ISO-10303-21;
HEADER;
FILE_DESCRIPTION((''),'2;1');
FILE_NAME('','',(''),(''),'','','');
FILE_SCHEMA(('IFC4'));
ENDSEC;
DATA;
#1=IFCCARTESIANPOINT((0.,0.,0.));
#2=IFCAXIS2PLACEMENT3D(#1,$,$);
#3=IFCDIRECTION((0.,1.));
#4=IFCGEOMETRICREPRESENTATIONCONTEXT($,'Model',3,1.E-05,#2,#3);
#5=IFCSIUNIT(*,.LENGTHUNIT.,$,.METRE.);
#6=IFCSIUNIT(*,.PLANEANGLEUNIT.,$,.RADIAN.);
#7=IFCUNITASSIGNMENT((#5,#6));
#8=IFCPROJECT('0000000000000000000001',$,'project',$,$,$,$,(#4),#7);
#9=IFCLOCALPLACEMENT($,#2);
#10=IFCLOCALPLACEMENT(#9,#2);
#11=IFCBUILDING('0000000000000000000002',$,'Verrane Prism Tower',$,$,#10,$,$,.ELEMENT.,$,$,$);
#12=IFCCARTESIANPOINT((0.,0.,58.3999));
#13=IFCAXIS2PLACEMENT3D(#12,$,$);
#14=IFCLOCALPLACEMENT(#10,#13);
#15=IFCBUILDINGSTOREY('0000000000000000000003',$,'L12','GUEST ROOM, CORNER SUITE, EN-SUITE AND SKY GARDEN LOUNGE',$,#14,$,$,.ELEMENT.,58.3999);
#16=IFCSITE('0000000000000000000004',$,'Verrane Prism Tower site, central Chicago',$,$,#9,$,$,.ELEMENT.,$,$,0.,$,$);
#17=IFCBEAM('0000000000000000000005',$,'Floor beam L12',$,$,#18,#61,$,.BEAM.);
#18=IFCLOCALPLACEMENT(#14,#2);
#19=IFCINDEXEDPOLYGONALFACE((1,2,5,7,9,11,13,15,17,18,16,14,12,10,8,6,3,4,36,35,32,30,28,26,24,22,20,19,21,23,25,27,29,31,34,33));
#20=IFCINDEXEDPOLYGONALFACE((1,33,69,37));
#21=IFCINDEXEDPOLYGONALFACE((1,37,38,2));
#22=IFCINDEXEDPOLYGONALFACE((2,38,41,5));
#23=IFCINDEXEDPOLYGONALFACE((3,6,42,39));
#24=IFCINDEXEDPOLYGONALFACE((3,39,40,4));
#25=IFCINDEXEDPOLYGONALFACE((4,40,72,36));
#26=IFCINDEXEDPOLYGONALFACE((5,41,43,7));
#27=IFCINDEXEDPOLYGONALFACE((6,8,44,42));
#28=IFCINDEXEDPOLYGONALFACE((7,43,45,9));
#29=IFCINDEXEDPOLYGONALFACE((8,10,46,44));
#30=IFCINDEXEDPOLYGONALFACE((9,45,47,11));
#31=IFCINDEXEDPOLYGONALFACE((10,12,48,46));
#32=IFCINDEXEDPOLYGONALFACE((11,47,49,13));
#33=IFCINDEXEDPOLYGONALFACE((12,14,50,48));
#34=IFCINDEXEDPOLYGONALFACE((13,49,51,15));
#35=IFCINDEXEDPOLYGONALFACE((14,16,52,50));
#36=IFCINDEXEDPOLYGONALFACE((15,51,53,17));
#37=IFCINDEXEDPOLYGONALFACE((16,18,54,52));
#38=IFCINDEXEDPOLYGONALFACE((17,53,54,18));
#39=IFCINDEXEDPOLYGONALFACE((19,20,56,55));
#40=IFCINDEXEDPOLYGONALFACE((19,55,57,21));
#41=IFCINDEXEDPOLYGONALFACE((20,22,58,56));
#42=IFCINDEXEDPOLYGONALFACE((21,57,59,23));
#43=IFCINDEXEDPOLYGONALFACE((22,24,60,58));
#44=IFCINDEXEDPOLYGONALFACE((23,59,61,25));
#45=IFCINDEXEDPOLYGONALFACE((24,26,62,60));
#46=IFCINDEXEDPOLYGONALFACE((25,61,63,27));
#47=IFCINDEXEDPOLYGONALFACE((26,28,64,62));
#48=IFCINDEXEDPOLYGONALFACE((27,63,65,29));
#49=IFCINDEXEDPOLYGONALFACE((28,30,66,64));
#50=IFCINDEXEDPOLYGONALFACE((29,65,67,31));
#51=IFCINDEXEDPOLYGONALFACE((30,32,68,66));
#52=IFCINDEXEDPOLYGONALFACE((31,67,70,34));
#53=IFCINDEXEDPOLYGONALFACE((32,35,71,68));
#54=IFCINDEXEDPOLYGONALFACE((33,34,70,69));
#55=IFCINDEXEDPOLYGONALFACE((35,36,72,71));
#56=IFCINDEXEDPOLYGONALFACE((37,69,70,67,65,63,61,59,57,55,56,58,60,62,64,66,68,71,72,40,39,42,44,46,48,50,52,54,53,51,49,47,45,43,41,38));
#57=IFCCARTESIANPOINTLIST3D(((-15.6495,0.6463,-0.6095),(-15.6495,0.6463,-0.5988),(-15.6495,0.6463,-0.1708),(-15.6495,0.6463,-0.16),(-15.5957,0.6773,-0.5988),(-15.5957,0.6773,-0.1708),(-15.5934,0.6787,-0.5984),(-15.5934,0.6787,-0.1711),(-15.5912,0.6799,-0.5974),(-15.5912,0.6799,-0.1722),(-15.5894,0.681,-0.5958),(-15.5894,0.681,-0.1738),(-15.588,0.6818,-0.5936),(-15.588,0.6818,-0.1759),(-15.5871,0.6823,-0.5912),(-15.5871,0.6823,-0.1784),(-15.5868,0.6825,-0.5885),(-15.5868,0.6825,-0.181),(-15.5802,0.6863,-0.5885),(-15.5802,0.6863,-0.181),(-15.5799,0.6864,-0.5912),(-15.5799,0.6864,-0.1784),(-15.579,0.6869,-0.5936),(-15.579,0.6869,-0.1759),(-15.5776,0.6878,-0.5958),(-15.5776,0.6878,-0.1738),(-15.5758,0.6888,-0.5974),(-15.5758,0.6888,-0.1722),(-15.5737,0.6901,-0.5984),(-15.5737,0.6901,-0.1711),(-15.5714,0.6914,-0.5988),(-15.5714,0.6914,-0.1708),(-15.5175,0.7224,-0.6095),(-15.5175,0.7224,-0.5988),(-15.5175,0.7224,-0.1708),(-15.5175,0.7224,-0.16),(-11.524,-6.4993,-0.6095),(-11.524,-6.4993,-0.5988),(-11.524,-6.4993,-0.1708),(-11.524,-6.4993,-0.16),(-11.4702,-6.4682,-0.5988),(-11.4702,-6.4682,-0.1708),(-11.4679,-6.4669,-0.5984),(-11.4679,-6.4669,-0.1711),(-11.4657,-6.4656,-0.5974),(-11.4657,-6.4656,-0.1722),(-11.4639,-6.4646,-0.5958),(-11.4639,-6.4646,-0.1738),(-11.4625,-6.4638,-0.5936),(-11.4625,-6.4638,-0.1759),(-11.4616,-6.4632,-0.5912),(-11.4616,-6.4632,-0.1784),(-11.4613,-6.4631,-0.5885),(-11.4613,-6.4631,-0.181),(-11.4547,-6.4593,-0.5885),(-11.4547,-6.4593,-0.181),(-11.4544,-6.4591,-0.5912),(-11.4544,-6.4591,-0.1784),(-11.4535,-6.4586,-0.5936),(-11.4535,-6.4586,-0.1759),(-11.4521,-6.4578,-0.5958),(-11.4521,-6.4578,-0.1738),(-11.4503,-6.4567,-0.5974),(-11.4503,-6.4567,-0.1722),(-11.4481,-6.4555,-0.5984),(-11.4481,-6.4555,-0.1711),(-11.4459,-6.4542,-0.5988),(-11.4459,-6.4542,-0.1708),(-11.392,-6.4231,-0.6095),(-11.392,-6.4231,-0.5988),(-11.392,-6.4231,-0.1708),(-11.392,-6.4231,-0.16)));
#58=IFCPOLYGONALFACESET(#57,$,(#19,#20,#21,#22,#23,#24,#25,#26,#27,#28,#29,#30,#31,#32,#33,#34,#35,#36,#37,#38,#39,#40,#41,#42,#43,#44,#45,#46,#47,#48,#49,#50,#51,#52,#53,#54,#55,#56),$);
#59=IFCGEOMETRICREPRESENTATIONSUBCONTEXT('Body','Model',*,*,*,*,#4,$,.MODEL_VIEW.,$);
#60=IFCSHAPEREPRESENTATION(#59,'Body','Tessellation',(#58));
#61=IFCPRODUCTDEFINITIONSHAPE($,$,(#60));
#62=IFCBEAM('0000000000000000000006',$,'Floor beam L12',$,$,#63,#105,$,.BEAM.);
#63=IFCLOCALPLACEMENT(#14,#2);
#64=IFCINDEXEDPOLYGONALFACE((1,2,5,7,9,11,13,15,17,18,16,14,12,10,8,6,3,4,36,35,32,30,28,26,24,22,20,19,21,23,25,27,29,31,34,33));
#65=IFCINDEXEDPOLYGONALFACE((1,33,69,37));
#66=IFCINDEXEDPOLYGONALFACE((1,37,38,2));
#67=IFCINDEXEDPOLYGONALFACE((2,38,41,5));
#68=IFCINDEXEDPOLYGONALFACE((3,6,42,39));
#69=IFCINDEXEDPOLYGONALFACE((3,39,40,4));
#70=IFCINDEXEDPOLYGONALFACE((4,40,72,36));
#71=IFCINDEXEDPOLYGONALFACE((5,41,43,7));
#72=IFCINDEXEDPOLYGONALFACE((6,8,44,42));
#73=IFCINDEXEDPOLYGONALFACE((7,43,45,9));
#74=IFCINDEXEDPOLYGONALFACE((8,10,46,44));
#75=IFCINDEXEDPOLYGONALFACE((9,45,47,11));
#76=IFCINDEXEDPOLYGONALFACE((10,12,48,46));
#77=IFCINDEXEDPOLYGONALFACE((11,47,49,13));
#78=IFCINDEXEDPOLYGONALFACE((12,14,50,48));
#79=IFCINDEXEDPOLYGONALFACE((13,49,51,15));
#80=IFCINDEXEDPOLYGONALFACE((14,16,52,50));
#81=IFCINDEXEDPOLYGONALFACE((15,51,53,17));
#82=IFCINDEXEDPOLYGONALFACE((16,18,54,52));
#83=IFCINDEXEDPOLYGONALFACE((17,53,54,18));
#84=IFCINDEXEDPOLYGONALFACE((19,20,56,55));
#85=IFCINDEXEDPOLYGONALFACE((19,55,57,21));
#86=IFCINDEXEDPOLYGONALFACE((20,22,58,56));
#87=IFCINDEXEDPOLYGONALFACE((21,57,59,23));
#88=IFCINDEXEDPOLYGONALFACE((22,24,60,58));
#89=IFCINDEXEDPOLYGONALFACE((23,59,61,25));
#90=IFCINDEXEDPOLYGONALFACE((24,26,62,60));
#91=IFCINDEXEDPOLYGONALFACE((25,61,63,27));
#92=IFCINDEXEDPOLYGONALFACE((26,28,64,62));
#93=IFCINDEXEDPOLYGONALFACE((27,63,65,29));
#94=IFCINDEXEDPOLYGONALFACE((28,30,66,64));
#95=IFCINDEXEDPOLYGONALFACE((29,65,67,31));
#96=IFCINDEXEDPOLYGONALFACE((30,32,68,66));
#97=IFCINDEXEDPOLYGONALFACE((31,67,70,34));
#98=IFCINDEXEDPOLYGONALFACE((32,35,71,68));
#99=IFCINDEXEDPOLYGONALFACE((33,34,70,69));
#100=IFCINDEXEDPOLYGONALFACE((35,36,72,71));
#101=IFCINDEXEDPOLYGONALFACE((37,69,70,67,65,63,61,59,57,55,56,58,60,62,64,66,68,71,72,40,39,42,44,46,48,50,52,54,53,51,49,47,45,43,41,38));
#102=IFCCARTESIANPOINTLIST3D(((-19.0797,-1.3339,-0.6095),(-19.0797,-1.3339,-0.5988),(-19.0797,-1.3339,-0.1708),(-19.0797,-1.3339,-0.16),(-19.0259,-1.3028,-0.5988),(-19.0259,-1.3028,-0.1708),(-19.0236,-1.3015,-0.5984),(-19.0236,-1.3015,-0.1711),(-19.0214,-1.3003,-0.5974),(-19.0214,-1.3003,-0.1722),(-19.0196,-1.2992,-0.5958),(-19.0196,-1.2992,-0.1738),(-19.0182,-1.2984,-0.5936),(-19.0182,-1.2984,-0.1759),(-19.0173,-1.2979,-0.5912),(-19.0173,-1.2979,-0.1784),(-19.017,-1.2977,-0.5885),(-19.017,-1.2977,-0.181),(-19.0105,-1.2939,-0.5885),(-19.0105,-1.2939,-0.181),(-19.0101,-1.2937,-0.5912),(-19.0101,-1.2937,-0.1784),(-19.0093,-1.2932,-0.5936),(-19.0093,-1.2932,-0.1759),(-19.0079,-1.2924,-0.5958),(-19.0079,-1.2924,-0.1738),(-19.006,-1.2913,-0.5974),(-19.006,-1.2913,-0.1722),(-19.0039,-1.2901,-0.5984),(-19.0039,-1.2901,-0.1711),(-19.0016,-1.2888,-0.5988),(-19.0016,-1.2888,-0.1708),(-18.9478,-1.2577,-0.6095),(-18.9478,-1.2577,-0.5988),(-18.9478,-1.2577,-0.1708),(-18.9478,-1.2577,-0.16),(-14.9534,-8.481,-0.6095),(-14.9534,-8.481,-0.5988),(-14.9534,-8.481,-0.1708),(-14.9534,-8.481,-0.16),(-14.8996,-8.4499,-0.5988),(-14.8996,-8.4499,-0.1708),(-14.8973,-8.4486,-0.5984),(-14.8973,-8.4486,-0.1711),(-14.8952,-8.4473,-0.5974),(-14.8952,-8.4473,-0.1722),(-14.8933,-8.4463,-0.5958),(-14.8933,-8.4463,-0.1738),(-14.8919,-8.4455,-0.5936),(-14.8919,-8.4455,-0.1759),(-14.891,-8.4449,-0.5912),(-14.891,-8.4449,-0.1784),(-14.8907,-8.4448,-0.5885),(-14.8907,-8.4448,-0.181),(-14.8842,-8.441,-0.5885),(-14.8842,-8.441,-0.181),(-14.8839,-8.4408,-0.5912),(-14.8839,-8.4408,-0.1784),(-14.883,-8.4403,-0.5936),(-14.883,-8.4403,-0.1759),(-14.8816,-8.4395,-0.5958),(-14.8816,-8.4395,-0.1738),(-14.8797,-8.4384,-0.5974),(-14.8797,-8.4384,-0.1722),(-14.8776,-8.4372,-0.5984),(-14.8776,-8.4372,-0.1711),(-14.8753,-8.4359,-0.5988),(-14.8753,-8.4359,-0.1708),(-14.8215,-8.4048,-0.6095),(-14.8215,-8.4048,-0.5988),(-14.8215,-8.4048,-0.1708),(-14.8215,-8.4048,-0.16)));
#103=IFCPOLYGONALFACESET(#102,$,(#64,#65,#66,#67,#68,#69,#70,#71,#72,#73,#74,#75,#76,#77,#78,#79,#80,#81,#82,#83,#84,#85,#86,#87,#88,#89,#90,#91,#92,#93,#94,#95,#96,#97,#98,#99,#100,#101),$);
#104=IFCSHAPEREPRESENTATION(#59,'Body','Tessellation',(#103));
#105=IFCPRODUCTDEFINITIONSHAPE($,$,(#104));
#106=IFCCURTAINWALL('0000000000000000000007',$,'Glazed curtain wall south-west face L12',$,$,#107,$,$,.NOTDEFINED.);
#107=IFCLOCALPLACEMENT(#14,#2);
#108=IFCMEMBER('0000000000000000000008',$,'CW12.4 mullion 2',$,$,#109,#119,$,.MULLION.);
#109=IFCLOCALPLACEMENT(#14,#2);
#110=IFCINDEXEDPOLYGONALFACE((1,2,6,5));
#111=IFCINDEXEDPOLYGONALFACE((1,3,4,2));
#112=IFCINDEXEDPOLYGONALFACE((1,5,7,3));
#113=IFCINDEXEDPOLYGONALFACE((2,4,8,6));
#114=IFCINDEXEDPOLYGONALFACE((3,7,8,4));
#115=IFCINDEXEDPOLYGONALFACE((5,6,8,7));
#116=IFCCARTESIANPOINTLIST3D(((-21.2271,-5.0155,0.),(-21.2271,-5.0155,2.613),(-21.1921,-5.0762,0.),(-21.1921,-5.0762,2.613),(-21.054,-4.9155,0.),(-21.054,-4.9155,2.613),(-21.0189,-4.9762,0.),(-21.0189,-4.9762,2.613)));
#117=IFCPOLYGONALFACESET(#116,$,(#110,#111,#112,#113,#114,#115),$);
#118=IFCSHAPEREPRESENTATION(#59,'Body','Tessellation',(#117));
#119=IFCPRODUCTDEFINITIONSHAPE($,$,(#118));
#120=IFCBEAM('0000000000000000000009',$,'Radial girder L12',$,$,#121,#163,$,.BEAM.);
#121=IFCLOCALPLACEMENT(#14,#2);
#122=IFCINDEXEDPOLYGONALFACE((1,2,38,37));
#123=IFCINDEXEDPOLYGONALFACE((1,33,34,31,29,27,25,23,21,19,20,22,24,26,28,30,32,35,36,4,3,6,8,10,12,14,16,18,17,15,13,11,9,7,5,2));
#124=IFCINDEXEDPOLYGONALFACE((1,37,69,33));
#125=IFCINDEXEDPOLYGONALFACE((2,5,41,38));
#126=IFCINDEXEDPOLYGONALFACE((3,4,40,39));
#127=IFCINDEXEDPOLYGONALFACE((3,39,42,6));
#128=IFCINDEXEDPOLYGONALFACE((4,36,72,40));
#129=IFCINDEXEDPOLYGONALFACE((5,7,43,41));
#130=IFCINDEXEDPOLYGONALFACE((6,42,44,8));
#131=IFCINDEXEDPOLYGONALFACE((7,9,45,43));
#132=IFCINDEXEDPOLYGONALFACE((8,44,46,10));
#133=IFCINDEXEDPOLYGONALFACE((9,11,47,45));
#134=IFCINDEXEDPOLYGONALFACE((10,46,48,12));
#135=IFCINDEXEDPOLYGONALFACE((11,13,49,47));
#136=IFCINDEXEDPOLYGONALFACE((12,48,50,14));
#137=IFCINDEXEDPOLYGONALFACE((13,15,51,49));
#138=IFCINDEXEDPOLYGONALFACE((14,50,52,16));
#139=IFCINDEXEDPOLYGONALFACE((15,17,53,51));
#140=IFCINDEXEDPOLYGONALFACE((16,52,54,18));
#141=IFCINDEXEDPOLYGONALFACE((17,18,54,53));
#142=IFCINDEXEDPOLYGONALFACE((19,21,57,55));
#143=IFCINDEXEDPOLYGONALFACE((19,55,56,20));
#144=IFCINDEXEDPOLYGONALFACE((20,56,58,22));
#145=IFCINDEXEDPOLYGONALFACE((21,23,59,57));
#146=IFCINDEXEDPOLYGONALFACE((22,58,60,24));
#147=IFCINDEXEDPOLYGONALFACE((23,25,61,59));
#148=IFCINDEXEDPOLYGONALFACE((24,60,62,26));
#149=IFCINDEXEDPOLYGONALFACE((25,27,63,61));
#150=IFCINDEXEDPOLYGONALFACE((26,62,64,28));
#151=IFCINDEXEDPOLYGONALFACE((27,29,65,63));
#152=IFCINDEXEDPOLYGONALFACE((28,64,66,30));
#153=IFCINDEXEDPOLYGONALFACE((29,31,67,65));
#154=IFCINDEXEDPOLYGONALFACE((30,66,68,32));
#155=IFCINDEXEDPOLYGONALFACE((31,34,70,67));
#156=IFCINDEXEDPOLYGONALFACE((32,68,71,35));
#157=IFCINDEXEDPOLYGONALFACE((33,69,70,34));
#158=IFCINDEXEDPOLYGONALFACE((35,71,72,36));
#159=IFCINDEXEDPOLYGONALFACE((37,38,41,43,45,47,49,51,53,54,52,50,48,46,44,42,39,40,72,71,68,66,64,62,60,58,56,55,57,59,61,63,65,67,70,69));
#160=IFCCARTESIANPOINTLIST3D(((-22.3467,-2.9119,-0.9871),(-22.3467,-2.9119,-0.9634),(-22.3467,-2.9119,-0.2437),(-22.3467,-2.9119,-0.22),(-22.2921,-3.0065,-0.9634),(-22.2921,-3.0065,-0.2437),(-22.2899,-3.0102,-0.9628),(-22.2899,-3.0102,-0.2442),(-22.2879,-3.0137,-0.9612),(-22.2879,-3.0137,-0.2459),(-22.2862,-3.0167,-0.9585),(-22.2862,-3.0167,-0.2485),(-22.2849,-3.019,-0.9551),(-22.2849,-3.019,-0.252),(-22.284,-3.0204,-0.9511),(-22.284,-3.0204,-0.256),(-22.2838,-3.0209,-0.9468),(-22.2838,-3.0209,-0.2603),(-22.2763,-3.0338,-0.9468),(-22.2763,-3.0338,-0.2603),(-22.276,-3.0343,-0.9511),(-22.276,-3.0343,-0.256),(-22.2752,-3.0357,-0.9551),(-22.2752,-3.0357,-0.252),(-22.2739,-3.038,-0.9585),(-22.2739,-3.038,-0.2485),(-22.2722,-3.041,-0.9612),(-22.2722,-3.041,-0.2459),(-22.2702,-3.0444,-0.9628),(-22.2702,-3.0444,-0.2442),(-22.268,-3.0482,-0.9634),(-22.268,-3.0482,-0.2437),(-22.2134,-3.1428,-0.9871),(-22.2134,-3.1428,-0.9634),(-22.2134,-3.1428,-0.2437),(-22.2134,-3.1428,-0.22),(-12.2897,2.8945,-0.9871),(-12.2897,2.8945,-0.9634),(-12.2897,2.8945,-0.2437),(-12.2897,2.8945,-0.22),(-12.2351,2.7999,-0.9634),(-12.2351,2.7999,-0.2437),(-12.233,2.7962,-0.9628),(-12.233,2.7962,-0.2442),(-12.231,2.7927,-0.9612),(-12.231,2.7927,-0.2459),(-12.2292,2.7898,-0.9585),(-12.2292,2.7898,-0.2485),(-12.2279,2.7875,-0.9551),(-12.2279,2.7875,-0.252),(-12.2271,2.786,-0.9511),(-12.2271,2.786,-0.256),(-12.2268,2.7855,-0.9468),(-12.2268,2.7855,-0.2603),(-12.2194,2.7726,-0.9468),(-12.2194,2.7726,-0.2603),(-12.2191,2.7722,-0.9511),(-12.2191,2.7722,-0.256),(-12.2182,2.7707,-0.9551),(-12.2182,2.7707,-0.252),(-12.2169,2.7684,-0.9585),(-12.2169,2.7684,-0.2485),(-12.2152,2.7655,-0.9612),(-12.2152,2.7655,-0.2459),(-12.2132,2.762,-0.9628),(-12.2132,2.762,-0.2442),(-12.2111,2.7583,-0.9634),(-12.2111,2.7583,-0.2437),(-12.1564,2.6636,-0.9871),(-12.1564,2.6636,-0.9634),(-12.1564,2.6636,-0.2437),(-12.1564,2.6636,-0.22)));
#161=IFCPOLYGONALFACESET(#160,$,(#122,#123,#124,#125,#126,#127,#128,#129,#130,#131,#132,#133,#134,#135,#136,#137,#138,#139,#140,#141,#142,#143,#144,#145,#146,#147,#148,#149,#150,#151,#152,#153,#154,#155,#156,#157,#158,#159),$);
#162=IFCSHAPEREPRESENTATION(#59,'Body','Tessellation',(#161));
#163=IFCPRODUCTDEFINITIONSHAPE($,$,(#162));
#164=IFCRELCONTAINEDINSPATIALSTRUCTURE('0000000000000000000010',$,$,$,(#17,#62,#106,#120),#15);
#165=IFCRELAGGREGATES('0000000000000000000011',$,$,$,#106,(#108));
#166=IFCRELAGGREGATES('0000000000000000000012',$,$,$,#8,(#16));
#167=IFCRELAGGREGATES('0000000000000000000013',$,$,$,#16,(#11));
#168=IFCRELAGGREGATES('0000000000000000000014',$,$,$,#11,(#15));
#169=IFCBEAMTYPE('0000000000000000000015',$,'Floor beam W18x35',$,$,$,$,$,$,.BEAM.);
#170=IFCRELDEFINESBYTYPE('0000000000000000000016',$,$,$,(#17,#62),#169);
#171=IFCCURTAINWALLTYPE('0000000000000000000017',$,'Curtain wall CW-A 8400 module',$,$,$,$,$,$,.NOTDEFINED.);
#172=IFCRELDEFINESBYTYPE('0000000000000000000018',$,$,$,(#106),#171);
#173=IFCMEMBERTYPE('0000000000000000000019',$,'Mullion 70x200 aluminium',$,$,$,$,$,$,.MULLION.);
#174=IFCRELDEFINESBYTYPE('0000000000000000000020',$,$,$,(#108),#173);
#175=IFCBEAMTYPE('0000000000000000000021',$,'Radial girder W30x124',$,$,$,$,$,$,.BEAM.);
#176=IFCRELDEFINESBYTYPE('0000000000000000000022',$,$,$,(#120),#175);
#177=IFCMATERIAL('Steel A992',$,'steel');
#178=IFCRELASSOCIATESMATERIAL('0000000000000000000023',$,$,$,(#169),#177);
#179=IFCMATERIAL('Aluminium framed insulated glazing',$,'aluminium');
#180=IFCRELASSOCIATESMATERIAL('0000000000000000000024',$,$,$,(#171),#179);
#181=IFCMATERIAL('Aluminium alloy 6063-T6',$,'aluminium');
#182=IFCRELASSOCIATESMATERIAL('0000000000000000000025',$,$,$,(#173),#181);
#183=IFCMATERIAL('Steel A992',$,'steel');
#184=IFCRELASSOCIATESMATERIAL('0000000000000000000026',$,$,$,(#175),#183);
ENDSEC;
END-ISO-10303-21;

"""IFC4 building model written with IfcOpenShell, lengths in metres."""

from ifc_helpers import new_model, si_unit, direction, frame, origin, origin_2d, place, context, subcontext, project, spatial, rectangle, i_section, extrude, material, material_profile, profile_set, type_object, element, aggregate, save


model = new_model("IFC4")

# Units and contexts
model_context = context("Model", 3, precision=1e-05, world=origin(), true_north=direction((0.0, 1.0)))
body_context = subcontext(model_context, "Body", "Model", "MODEL_VIEW")
ifc_project = project(units=[si_unit("LENGTHUNIT", "METRE"), si_unit("PLANEANGLEUNIT", "RADIAN")], contexts=[model_context])

# Site, building, storey
site_placement = place(None, origin())
site = spatial("IfcSite", under=ifc_project, at=site_placement, Name="Verrane Prism Tower site, central Chicago", CompositionType="ELEMENT", RefElevation=0.0)
building_placement = place(site_placement, origin())
building = spatial("IfcBuilding", under=site, at=building_placement, Name="Verrane Prism Tower", CompositionType="ELEMENT")
storey_placement = place(building_placement, frame((0.0, 0.0, 58.3999)))
storey = spatial("IfcBuildingStorey", under=building, at=storey_placement, Name="L12", Description="GUEST ROOM, CORNER SUITE, EN-SUITE AND SKY GARDEN LOUNGE", CompositionType="ELEMENT", Elevation=58.3999)

# Beams
ifc_material_1 = material(Name="Steel A992", Category="steel")
ifc_material_profile_1 = material_profile(ifc_material_1, i_section(OverallWidth=0.1523, OverallDepth=0.4495, WebThickness=0.0076, FlangeThickness=0.0107, FilletRadius=0.0103, at=origin_2d()), Name="W18x35")
ifc_profile_set_1 = profile_set([ifc_material_profile_1], Name="Steel A992")
beam_type_1 = type_object("IfcBeamType", Name="Floor beam W18x35", PredefinedType="BEAM", material=ifc_profile_set_1)
beam_1_placement = place(storey_placement, frame((-11.458, -6.4612, -0.3848), z_axis=(-0.500002, 0.866024, 0.0), x_axis=(-0.866024, -0.500002, 0.0)))
element("IfcBeam", 1, at=beam_1_placement, inside=storey, type_object=beam_type_1, Name="Floor beam L12", PredefinedType="BEAM", context=body_context, shape_type="SweptSolid", body=[
    extrude(i_section(OverallWidth=0.1523, OverallDepth=0.4495, WebThickness=0.0076, FlangeThickness=0.0107, FilletRadius=0.0103, at=origin_2d()), origin(), (0.0, 0.0, 1.0), 8.251),
])
beam_2_placement = place(storey_placement, frame((-14.8875, -8.4429, -0.3848), z_axis=(-0.499992, 0.86603, 0.0), x_axis=(-0.86603, -0.499992, 0.0)))
element("IfcBeam", 2, at=beam_2_placement, inside=storey, type_object=beam_type_1, Name="Floor beam L12", PredefinedType="BEAM", context=body_context, shape_type="SweptSolid", body=[
    extrude(i_section(OverallWidth=0.1523, OverallDepth=0.4495, WebThickness=0.0076, FlangeThickness=0.0107, FilletRadius=0.0103, at=origin_2d()), origin(), (0.0, 0.0, 1.0), 8.2527),
])

# Curtain wall, member
ifc_material_2 = material(Name="Aluminium framed insulated glazing", Category="aluminium")
curtain_wall_type = type_object("IfcCurtainWallType", Name="Curtain wall CW-A 8400 module", PredefinedType="NOTDEFINED", material=ifc_material_2)
curtain_wall_placement = place(storey_placement, origin())
curtain_wall = element("IfcCurtainWall", 3, at=curtain_wall_placement, inside=storey, type_object=curtain_wall_type, Name="Glazed curtain wall south-west face L12", PredefinedType="NOTDEFINED")
ifc_material_3 = material(Name="Aluminium alloy 6063-T6", Category="aluminium")
ifc_material_profile_2 = material_profile(ifc_material_3, rectangle(XDim=0.2, YDim=0.0701, at=origin_2d()), Name="Mullion 70x200 aluminium")
ifc_profile_set_2 = profile_set([ifc_material_profile_2], Name="Aluminium alloy 6063-T6")
member_type_1 = type_object("IfcMemberType", Name="Mullion 70x200 aluminium", PredefinedType="MULLION", material=ifc_profile_set_2)
member_1_placement = place(storey_placement, frame((-21.123, -4.9958, 0.0), z_axis=(0.0, 0.0, 1.0), x_axis=(0.866026, 0.5, 0.0)))
member_1 = element("IfcMember", 4, at=member_1_placement, type_object=member_type_1, Name="CW12.4 mullion 2", PredefinedType="MULLION", context=body_context, shape_type="SweptSolid", body=[
    extrude(rectangle(XDim=0.2, YDim=0.0701, at=origin_2d()), origin(), (0.0, 0.0, 1.0), 2.613),
])

# Beam
ifc_material_4 = material(Name="Steel A992", Category="steel")
ifc_material_profile_3 = material_profile(ifc_material_4, i_section(OverallWidth=0.2666, OverallDepth=0.7671, WebThickness=0.0149, FlangeThickness=0.0237, FilletRadius=0.0166, at=origin_2d()), Name="W30x124")
ifc_profile_set_3 = profile_set([ifc_material_profile_3], Name="Steel A992")
beam_type_2 = type_object("IfcBeamType", Name="Radial girder W30x124", PredefinedType="BEAM", material=ifc_profile_set_3)
beam_3_placement = place(storey_placement, frame((-22.28, -3.0273, -0.6035), z_axis=(0.866023, 0.500003, 0.0), x_axis=(-0.500003, 0.866023, 0.0)))
element("IfcBeam", 5, at=beam_3_placement, inside=storey, type_object=beam_type_2, Name="Radial girder L12", PredefinedType="BEAM", context=body_context, shape_type="SweptSolid", body=[
    extrude(i_section(OverallWidth=0.2666, OverallDepth=0.7671, WebThickness=0.0149, FlangeThickness=0.0237, FilletRadius=0.0166, at=origin_2d()), origin(), (0.0, 0.0, 1.0), 11.6128),
])

aggregate(curtain_wall, [member_1])

save(model, "model.ifc")
